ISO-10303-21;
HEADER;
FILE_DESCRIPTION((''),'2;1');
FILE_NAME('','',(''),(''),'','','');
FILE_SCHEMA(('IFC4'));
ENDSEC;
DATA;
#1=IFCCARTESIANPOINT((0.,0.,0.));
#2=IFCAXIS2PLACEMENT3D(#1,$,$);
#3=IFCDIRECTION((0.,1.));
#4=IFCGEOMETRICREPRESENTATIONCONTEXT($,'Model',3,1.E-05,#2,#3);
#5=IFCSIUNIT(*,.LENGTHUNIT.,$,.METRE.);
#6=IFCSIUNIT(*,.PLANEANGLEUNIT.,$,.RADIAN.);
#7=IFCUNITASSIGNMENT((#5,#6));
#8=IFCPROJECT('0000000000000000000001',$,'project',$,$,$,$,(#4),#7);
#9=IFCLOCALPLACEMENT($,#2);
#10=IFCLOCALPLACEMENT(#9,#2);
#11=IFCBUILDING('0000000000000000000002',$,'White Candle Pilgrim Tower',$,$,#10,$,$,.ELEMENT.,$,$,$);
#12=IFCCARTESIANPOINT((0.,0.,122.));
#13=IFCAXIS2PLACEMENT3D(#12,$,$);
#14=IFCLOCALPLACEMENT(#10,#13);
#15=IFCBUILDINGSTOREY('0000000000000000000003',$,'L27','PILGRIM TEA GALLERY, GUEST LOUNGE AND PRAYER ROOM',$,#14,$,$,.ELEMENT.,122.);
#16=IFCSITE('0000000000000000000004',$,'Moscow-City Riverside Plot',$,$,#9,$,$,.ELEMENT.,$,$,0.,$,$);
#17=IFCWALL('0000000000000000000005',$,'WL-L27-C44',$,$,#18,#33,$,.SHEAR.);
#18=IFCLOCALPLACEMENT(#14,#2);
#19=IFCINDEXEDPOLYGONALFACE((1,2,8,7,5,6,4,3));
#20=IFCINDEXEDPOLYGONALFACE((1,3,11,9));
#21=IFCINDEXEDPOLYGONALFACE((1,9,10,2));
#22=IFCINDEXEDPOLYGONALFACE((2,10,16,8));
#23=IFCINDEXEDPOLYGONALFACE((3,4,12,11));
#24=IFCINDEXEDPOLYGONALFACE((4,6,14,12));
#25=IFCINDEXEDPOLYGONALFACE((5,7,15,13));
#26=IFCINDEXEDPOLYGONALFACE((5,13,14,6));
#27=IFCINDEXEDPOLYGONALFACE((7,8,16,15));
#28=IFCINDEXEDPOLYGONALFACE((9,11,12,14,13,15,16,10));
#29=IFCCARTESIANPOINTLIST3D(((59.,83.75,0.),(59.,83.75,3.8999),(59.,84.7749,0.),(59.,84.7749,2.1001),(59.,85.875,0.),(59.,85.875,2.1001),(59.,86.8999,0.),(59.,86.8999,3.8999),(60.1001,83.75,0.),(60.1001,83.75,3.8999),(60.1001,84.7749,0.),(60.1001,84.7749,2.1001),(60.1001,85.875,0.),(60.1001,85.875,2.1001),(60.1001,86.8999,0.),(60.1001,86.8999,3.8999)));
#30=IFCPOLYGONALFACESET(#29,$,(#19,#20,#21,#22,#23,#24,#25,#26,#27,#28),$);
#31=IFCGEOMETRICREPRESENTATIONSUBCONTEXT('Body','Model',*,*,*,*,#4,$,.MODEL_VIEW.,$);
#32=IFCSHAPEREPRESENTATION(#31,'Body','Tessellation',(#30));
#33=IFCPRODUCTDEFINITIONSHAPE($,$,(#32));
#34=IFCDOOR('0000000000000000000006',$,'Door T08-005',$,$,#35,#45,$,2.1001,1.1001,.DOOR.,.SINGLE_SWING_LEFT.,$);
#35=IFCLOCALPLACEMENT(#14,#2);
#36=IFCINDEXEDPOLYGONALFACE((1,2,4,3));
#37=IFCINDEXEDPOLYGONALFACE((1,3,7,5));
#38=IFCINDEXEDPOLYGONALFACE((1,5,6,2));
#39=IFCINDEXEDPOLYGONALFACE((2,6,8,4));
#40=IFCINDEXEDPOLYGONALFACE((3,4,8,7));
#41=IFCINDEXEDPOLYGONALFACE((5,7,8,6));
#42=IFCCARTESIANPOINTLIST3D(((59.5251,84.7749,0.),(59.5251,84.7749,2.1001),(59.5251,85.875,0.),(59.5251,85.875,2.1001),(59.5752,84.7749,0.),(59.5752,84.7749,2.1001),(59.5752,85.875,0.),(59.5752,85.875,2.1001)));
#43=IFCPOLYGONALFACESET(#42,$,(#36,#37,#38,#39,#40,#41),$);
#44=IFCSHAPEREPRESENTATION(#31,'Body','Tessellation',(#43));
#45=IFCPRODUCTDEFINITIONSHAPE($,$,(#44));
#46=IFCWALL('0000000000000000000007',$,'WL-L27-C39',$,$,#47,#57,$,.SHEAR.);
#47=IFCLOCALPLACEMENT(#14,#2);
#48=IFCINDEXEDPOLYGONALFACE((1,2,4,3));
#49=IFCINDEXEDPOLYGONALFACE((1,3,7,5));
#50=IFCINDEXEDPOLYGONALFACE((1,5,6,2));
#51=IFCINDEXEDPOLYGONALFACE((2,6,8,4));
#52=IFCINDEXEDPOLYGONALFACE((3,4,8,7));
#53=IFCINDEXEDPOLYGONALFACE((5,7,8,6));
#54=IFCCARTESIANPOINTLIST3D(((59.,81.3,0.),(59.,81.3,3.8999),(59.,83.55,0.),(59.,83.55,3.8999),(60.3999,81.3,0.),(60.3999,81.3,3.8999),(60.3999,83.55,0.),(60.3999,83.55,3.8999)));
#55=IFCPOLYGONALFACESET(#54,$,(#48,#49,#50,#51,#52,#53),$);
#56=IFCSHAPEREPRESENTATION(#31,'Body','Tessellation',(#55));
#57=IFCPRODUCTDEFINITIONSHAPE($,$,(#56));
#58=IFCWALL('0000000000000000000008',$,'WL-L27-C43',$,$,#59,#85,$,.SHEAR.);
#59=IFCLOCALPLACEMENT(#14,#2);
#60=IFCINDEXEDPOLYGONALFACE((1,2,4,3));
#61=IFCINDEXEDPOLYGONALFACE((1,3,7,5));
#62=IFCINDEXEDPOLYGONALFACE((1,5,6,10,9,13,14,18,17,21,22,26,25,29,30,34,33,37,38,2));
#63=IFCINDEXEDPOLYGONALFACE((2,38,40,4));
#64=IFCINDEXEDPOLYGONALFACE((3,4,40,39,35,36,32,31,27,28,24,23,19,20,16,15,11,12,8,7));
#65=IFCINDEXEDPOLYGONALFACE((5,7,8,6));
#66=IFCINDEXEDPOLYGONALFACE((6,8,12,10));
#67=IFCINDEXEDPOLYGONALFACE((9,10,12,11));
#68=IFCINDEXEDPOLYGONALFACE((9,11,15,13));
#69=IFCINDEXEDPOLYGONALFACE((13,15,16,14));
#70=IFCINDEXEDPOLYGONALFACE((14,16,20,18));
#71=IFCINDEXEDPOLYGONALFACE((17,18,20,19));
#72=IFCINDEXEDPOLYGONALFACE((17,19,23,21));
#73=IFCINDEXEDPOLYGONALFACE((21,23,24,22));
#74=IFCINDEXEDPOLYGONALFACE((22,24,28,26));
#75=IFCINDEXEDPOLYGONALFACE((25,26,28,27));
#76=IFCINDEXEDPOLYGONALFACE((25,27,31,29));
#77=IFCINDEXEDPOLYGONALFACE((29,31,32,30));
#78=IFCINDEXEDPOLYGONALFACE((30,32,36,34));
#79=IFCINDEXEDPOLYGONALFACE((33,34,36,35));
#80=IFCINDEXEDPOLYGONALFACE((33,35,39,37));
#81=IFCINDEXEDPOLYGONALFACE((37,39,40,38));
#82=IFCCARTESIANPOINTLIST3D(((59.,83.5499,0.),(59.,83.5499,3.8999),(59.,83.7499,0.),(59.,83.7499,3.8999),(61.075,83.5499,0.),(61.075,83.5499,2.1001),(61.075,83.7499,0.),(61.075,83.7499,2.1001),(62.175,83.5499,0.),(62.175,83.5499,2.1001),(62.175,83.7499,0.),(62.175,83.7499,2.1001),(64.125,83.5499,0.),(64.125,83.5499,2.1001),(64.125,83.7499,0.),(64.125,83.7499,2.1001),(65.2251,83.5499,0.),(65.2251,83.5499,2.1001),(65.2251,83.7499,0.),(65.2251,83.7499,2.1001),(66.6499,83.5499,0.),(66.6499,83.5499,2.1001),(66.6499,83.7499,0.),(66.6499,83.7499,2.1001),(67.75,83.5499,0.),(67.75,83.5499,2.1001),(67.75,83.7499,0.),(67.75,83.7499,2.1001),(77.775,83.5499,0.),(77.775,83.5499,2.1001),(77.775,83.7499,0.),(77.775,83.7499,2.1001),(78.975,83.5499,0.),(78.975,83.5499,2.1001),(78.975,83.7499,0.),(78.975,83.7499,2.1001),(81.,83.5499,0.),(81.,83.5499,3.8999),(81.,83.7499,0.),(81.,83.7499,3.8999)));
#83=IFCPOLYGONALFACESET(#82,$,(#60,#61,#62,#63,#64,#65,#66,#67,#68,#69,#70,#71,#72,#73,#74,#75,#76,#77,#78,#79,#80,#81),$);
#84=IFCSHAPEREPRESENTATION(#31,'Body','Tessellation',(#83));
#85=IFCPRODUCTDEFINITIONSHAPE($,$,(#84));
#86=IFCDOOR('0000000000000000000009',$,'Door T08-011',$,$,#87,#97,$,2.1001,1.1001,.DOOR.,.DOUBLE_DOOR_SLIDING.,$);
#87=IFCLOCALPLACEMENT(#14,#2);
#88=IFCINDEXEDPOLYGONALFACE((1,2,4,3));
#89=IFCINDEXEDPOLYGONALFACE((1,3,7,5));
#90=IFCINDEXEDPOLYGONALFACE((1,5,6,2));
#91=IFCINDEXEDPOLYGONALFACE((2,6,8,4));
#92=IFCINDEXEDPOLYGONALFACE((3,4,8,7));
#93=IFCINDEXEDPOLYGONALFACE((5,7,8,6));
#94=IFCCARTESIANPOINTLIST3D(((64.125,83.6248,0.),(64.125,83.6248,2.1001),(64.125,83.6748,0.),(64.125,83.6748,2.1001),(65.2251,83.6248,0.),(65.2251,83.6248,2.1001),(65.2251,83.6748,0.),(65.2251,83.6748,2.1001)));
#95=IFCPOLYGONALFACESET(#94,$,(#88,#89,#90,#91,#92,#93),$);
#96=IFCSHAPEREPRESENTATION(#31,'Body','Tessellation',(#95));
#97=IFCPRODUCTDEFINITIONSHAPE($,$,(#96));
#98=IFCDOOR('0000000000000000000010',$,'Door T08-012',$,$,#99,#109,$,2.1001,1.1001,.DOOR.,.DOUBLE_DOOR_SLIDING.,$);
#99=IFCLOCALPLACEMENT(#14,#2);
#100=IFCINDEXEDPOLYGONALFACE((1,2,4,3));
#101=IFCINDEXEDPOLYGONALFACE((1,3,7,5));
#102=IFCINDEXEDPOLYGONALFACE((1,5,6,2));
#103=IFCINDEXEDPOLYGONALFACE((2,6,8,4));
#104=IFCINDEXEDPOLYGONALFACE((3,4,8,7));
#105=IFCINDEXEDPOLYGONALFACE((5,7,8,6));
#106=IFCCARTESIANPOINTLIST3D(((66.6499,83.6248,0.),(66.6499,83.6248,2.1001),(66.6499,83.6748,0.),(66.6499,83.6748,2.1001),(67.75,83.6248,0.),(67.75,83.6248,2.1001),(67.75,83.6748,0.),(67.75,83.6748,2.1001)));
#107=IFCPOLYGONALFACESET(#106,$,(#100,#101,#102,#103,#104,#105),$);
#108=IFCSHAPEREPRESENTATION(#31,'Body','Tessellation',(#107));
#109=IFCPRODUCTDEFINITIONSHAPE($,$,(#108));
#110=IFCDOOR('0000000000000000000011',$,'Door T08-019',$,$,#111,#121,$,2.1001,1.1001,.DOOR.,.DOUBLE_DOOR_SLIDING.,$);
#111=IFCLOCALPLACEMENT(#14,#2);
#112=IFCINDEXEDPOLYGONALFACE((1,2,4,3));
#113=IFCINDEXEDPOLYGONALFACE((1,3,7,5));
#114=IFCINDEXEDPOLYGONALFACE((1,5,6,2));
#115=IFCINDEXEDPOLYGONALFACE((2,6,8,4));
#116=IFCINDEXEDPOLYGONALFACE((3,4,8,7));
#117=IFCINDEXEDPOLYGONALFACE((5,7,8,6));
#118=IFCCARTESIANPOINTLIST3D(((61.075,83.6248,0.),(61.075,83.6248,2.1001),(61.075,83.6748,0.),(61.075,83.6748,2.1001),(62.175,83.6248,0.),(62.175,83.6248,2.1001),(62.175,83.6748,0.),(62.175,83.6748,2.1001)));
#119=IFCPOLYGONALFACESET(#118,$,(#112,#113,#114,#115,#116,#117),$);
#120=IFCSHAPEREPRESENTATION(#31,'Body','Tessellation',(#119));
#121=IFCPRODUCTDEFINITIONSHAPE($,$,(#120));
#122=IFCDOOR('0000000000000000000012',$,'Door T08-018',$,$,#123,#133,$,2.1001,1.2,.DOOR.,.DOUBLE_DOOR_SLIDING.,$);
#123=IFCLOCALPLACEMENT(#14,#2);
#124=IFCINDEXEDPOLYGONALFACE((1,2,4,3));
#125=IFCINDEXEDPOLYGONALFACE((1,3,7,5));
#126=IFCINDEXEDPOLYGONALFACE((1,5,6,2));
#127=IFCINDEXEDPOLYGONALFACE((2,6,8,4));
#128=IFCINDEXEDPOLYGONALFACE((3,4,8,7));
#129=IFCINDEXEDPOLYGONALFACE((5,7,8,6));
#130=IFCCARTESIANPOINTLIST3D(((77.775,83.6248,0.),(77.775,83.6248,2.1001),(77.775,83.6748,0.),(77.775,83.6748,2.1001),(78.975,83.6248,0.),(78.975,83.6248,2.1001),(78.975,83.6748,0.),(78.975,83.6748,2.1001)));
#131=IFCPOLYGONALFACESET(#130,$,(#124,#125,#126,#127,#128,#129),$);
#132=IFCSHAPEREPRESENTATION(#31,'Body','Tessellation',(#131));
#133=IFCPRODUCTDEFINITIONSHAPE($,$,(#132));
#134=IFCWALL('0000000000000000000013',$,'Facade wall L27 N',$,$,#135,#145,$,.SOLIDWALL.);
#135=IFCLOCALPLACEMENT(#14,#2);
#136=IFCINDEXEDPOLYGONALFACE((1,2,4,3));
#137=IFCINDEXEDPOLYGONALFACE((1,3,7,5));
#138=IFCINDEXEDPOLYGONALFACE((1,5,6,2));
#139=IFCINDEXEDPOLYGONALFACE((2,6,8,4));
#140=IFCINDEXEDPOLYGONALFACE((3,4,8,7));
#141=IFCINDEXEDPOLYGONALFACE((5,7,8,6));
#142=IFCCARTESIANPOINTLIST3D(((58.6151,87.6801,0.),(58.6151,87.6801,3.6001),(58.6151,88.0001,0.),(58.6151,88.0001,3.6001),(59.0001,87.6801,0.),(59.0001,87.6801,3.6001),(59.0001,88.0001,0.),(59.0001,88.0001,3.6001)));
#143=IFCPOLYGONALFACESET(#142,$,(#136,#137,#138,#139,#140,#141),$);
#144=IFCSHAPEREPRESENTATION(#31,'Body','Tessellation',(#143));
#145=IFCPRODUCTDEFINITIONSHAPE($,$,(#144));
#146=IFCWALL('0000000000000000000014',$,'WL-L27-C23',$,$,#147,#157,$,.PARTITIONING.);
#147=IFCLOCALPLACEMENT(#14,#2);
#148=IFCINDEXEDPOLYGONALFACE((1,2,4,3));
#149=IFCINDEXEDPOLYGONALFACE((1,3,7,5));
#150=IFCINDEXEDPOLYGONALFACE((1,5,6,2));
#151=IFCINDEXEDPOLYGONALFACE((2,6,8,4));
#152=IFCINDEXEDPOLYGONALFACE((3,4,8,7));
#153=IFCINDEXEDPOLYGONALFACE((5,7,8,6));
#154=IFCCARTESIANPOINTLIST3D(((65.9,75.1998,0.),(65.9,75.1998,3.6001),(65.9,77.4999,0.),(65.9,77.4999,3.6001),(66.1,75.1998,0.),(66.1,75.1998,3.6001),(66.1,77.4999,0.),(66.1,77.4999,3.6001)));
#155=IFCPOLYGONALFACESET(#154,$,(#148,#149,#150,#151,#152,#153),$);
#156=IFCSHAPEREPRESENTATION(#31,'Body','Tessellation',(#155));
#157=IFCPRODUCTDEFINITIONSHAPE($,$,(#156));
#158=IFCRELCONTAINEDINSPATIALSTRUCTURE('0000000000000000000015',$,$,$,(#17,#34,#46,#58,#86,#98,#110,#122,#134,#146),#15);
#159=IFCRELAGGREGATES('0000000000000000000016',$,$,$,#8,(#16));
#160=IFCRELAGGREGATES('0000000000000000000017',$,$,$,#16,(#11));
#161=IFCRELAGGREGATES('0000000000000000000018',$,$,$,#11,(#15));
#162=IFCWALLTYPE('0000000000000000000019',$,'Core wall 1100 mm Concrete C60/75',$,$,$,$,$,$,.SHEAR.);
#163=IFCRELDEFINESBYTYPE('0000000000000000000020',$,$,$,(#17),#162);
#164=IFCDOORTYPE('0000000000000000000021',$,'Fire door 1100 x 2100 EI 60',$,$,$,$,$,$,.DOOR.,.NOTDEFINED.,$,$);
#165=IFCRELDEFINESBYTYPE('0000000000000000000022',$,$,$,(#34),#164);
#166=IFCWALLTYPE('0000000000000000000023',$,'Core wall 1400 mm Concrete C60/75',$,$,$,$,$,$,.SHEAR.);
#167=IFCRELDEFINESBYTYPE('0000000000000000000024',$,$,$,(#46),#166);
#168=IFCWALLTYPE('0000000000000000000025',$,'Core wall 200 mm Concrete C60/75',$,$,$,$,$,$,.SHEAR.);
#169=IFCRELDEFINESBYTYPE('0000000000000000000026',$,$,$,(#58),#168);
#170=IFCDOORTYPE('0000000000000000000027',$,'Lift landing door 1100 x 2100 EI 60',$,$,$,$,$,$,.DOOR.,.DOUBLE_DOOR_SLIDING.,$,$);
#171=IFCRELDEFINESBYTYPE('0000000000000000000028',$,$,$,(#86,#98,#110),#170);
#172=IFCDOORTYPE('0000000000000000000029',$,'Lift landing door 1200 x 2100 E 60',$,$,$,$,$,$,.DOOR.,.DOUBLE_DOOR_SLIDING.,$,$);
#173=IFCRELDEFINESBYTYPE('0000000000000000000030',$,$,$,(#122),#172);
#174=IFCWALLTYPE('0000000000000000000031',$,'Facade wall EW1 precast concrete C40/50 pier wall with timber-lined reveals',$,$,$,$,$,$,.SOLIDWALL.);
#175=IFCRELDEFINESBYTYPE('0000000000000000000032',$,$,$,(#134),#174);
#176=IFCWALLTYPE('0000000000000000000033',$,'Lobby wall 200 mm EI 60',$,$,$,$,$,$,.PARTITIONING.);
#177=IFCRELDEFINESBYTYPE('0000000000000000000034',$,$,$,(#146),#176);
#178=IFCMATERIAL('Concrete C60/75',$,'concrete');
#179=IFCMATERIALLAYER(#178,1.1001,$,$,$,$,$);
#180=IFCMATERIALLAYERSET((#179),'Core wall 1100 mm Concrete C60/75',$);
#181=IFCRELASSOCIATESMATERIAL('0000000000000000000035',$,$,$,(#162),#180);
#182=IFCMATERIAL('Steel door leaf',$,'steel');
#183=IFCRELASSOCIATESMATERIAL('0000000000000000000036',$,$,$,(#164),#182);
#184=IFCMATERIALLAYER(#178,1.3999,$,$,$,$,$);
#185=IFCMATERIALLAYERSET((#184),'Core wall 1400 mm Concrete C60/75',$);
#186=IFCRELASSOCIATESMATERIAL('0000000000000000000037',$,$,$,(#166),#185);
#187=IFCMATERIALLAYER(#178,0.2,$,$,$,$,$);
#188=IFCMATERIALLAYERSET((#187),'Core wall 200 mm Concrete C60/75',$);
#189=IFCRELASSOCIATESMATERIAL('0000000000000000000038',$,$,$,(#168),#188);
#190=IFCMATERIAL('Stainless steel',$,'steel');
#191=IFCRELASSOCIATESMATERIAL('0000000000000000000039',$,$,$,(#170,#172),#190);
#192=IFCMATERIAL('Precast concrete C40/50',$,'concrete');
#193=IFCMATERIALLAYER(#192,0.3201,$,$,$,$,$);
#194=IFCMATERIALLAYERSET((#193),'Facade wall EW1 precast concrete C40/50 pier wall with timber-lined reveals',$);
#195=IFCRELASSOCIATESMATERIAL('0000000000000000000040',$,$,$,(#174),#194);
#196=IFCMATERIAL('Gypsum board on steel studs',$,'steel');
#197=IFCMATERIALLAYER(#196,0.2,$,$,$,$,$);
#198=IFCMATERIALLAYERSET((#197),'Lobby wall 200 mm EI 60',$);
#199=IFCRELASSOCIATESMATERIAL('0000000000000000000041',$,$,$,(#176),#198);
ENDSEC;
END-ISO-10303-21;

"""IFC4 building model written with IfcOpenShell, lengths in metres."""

from ifc_helpers import new_model, si_unit, direction, frame, frame_2d, origin, place, context, subcontext, project, spatial, rectangle, extrude, material, layer, layer_set, type_object, element, fill, save


model = new_model("IFC4")

# Units and contexts
model_context = context("Model", 3, precision=1e-05, world=origin(), true_north=direction((0.0, 1.0)))
body_context = subcontext(model_context, "Body", "Model", "MODEL_VIEW")
ifc_project = project(units=[si_unit("LENGTHUNIT", "METRE"), si_unit("PLANEANGLEUNIT", "RADIAN")], contexts=[model_context])

# Site, building, storey
site_placement = place(None, origin())
site = spatial("IfcSite", under=ifc_project, at=site_placement, Name="Moscow-City Riverside Plot", CompositionType="ELEMENT", RefElevation=0.0)
building_placement = place(site_placement, origin())
building = spatial("IfcBuilding", under=site, at=building_placement, Name="White Candle Pilgrim Tower", CompositionType="ELEMENT")
storey_placement = place(building_placement, frame((0.0, 0.0, 122.0)))
storey = spatial("IfcBuildingStorey", under=building, at=storey_placement, Name="L27", Description="PILGRIM TEA GALLERY, GUEST LOUNGE AND PRAYER ROOM", CompositionType="ELEMENT", Elevation=122.0)

# Wall, opening, door
ifc_material_1 = material(Name="Concrete C60/75", Category="concrete")
ifc_layer_1 = layer(ifc_material_1, 1.1001)
ifc_layer_set_1 = layer_set([ifc_layer_1], Name="Core wall 1100 mm Concrete C60/75")
wall_type_1 = type_object("IfcWallType", Name="Core wall 1100 mm Concrete C60/75", PredefinedType="SHEAR", material=ifc_layer_set_1)
wall_1_placement = place(storey_placement, frame((59.55, 83.75, 0.0), z_axis=(0.0, 0.0, 1.0), x_axis=(0.0, 1.0, 0.0)))
wall_1 = element("IfcWall", 1, at=wall_1_placement, inside=storey, type_object=wall_type_1, Name="WL-L27-C44", PredefinedType="SHEAR", context=body_context, shape_type="SweptSolid", body=[
    extrude(rectangle(XDim=3.1499, YDim=1.1001, at=frame_2d((1.575, 0.0))), origin(), (0.0, 0.0, 1.0), 3.8999),
])
opening_1_placement = place(wall_1_placement, frame((1.0249, 0.0, 0.0)))
opening_1 = element("IfcOpeningElement", 2, at=opening_1_placement, cuts=wall_1, PredefinedType="OPENING", context=body_context, shape_type="SweptSolid", body=[
    extrude(rectangle(XDim=1.1001, YDim=2.1001, at=frame_2d((0.55, 1.05))), frame((0.0, 0.5601, 0.0), z_axis=(0.0, -1.0, 0.0), x_axis=(1.0, 0.0, 0.0)), (0.0, 0.0, 1.0), 1.1201),
])
ifc_material_2 = material(Name="Steel door leaf", Category="steel")
door_type_1 = type_object("IfcDoorType", Name="Fire door 1100 x 2100 EI 60", OperationType="NOTDEFINED", PredefinedType="DOOR", material=ifc_material_2)
door_1_placement = place(opening_1_placement, origin())
door_1 = element("IfcDoor", 3, at=door_1_placement, inside=storey, type_object=door_type_1, Name="Door T08-005", OperationType="SINGLE_SWING_LEFT", OverallHeight=2.1001, OverallWidth=1.1001, PredefinedType="DOOR", context=body_context, shape_type="SweptSolid", body=[
    extrude(rectangle(XDim=1.1001, YDim=2.1001, at=frame_2d((0.55, 1.05))), frame((0.0, 0.0249, 0.0), z_axis=(0.0, -1.0, 0.0), x_axis=(1.0, 0.0, 0.0)), (0.0, 0.0, 1.0), 0.05),
])
fill(opening_1, door_1)

# Wall
ifc_layer_2 = layer(ifc_material_1, 1.3999)
ifc_layer_set_2 = layer_set([ifc_layer_2], Name="Core wall 1400 mm Concrete C60/75")
wall_type_2 = type_object("IfcWallType", Name="Core wall 1400 mm Concrete C60/75", PredefinedType="SHEAR", material=ifc_layer_set_2)
wall_2_placement = place(storey_placement, frame((59.7, 81.3, 0.0), z_axis=(0.0, 0.0, 1.0), x_axis=(0.0, 1.0, 0.0)))
element("IfcWall", 4, at=wall_2_placement, inside=storey, type_object=wall_type_2, Name="WL-L27-C39", PredefinedType="SHEAR", context=body_context, shape_type="SweptSolid", body=[
    extrude(rectangle(XDim=2.25, YDim=1.3999, at=frame_2d((1.125, 0.0))), origin(), (0.0, 0.0, 1.0), 3.8999),
])

# Wall, openings, doors
ifc_layer_3 = layer(ifc_material_1, 0.2)
ifc_layer_set_3 = layer_set([ifc_layer_3], Name="Core wall 200 mm Concrete C60/75")
wall_type_3 = type_object("IfcWallType", Name="Core wall 200 mm Concrete C60/75", PredefinedType="SHEAR", material=ifc_layer_set_3)
wall_3_placement = place(storey_placement, frame((59.0, 83.6499, 0.0), z_axis=(0.0, 0.0, 1.0), x_axis=(1.0, 0.0, 0.0)))
wall_3 = element("IfcWall", 5, at=wall_3_placement, inside=storey, type_object=wall_type_3, Name="WL-L27-C43", PredefinedType="SHEAR", context=body_context, shape_type="SweptSolid", body=[
    extrude(rectangle(XDim=22.0, YDim=0.2, at=frame_2d((11.0, 0.0))), origin(), (0.0, 0.0, 1.0), 3.8999),
])
opening_2_placement = place(wall_3_placement, frame((5.125, 0.0, 0.0)))
opening_2 = element("IfcOpeningElement", 6, at=opening_2_placement, cuts=wall_3, PredefinedType="OPENING", context=body_context, shape_type="SweptSolid", body=[
    extrude(rectangle(XDim=1.1001, YDim=2.1001, at=frame_2d((0.55, 1.05))), frame((0.0, 0.1099, 0.0), z_axis=(0.0, -1.0, 0.0), x_axis=(1.0, 0.0, 0.0)), (0.0, 0.0, 1.0), 0.22),
])
opening_3_placement = place(wall_3_placement, frame((7.6499, 0.0, 0.0)))
opening_3 = element("IfcOpeningElement", 7, at=opening_3_placement, cuts=wall_3, PredefinedType="OPENING", context=body_context, shape_type="SweptSolid", body=[
    extrude(rectangle(XDim=1.1001, YDim=2.1001, at=frame_2d((0.55, 1.05))), frame((0.0, 0.1099, 0.0), z_axis=(0.0, -1.0, 0.0), x_axis=(1.0, 0.0, 0.0)), (0.0, 0.0, 1.0), 0.22),
])
opening_4_placement = place(wall_3_placement, frame((18.7749, 0.0, 0.0)))
opening_4 = element("IfcOpeningElement", 8, at=opening_4_placement, cuts=wall_3, PredefinedType="OPENING", context=body_context, shape_type="SweptSolid", body=[
    extrude(rectangle(XDim=1.2, YDim=2.1001, at=frame_2d((0.6001, 1.05))), frame((0.0, 0.1099, 0.0), z_axis=(0.0, -1.0, 0.0), x_axis=(1.0, 0.0, 0.0)), (0.0, 0.0, 1.0), 0.22),
])
opening_5_placement = place(wall_3_placement, frame((2.075, 0.0, 0.0)))
opening_5 = element("IfcOpeningElement", 9, at=opening_5_placement, cuts=wall_3, PredefinedType="OPENING", context=body_context, shape_type="SweptSolid", body=[
    extrude(rectangle(XDim=1.1001, YDim=2.1001, at=frame_2d((0.55, 1.05))), frame((0.0, 0.1099, 0.0), z_axis=(0.0, -1.0, 0.0), x_axis=(1.0, 0.0, 0.0)), (0.0, 0.0, 1.0), 0.22),
])
ifc_material_3 = material(Name="Stainless steel", Category="steel")
door_type_2 = type_object("IfcDoorType", Name="Lift landing door 1100 x 2100 EI 60", OperationType="DOUBLE_DOOR_SLIDING", PredefinedType="DOOR", material=ifc_material_3)
door_2_placement = place(opening_2_placement, origin())
door_2 = element("IfcDoor", 10, at=door_2_placement, inside=storey, type_object=door_type_2, Name="Door T08-011", OperationType="DOUBLE_DOOR_SLIDING", OverallHeight=2.1001, OverallWidth=1.1001, PredefinedType="DOOR", context=body_context, shape_type="SweptSolid", body=[
    extrude(rectangle(XDim=1.1001, YDim=2.1001, at=frame_2d((0.55, 1.05))), frame((0.0, 0.0249, 0.0), z_axis=(0.0, -1.0, 0.0), x_axis=(1.0, 0.0, 0.0)), (0.0, 0.0, 1.0), 0.05),
])
fill(opening_2, door_2)
door_3_placement = place(opening_3_placement, origin())
door_3 = element("IfcDoor", 11, at=door_3_placement, inside=storey, type_object=door_type_2, Name="Door T08-012", OperationType="DOUBLE_DOOR_SLIDING", OverallHeight=2.1001, OverallWidth=1.1001, PredefinedType="DOOR", context=body_context, shape_type="SweptSolid", body=[
    extrude(rectangle(XDim=1.1001, YDim=2.1001, at=frame_2d((0.55, 1.05))), frame((0.0, 0.0249, 0.0), z_axis=(0.0, -1.0, 0.0), x_axis=(1.0, 0.0, 0.0)), (0.0, 0.0, 1.0), 0.05),
])
fill(opening_3, door_3)
door_4_placement = place(opening_5_placement, origin())
door_4 = element("IfcDoor", 12, at=door_4_placement, inside=storey, type_object=door_type_2, Name="Door T08-019", OperationType="DOUBLE_DOOR_SLIDING", OverallHeight=2.1001, OverallWidth=1.1001, PredefinedType="DOOR", context=body_context, shape_type="SweptSolid", body=[
    extrude(rectangle(XDim=1.1001, YDim=2.1001, at=frame_2d((0.55, 1.05))), frame((0.0, 0.0249, 0.0), z_axis=(0.0, -1.0, 0.0), x_axis=(1.0, 0.0, 0.0)), (0.0, 0.0, 1.0), 0.05),
])
fill(opening_5, door_4)
door_type_3 = type_object("IfcDoorType", Name="Lift landing door 1200 x 2100 E 60", OperationType="DOUBLE_DOOR_SLIDING", PredefinedType="DOOR", material=ifc_material_3)
door_5_placement = place(opening_4_placement, origin())
door_5 = element("IfcDoor", 13, at=door_5_placement, inside=storey, type_object=door_type_3, Name="Door T08-018", OperationType="DOUBLE_DOOR_SLIDING", OverallHeight=2.1001, OverallWidth=1.2, PredefinedType="DOOR", context=body_context, shape_type="SweptSolid", body=[
    extrude(rectangle(XDim=1.2, YDim=2.1001, at=frame_2d((0.6001, 1.05))), frame((0.0, 0.0249, 0.0), z_axis=(0.0, -1.0, 0.0), x_axis=(1.0, 0.0, 0.0)), (0.0, 0.0, 1.0), 0.05),
])
fill(opening_4, door_5)

# Walls
ifc_material_4 = material(Name="Precast concrete C40/50", Category="concrete")
ifc_layer_4 = layer(ifc_material_4, 0.3201)
ifc_layer_set_4 = layer_set([ifc_layer_4], Name="Facade wall EW1 precast concrete C40/50 pier wall with timber-lined reveals")
wall_type_4 = type_object("IfcWallType", Name="Facade wall EW1 precast concrete C40/50 pier wall with timber-lined reveals", PredefinedType="SOLIDWALL", material=ifc_layer_set_4)
wall_4_placement = place(storey_placement, frame((59.0, 87.8401, 0.0), z_axis=(0.0, 0.0, 1.0), x_axis=(-1.0, 0.0, 0.0)))
element("IfcWall", 14, at=wall_4_placement, inside=storey, type_object=wall_type_4, Name="Facade wall L27 N", PredefinedType="SOLIDWALL", context=body_context, shape_type="SweptSolid", body=[
    extrude(rectangle(XDim=0.385, YDim=0.3201, at=frame_2d((0.1924, 0.0))), origin(), (0.0, 0.0, 1.0), 3.6001),
])
ifc_material_5 = material(Name="Gypsum board on steel studs", Category="steel")
ifc_layer_5 = layer(ifc_material_5, 0.2)
ifc_layer_set_5 = layer_set([ifc_layer_5], Name="Lobby wall 200 mm EI 60")
wall_type_5 = type_object("IfcWallType", Name="Lobby wall 200 mm EI 60", PredefinedType="PARTITIONING", material=ifc_layer_set_5)
wall_5_placement = place(storey_placement, frame((66.0, 75.2, 0.0), z_axis=(0.0, 0.0, 1.0), x_axis=(0.0, 1.0, 0.0)))
element("IfcWall", 15, at=wall_5_placement, inside=storey, type_object=wall_type_5, Name="WL-L27-C23", PredefinedType="PARTITIONING", context=body_context, shape_type="SweptSolid", body=[
    extrude(rectangle(XDim=2.3, YDim=0.2, at=frame_2d((1.1499, 0.0))), origin(), (0.0, 0.0, 1.0), 3.6001),
])

save(model, "model.ifc")
